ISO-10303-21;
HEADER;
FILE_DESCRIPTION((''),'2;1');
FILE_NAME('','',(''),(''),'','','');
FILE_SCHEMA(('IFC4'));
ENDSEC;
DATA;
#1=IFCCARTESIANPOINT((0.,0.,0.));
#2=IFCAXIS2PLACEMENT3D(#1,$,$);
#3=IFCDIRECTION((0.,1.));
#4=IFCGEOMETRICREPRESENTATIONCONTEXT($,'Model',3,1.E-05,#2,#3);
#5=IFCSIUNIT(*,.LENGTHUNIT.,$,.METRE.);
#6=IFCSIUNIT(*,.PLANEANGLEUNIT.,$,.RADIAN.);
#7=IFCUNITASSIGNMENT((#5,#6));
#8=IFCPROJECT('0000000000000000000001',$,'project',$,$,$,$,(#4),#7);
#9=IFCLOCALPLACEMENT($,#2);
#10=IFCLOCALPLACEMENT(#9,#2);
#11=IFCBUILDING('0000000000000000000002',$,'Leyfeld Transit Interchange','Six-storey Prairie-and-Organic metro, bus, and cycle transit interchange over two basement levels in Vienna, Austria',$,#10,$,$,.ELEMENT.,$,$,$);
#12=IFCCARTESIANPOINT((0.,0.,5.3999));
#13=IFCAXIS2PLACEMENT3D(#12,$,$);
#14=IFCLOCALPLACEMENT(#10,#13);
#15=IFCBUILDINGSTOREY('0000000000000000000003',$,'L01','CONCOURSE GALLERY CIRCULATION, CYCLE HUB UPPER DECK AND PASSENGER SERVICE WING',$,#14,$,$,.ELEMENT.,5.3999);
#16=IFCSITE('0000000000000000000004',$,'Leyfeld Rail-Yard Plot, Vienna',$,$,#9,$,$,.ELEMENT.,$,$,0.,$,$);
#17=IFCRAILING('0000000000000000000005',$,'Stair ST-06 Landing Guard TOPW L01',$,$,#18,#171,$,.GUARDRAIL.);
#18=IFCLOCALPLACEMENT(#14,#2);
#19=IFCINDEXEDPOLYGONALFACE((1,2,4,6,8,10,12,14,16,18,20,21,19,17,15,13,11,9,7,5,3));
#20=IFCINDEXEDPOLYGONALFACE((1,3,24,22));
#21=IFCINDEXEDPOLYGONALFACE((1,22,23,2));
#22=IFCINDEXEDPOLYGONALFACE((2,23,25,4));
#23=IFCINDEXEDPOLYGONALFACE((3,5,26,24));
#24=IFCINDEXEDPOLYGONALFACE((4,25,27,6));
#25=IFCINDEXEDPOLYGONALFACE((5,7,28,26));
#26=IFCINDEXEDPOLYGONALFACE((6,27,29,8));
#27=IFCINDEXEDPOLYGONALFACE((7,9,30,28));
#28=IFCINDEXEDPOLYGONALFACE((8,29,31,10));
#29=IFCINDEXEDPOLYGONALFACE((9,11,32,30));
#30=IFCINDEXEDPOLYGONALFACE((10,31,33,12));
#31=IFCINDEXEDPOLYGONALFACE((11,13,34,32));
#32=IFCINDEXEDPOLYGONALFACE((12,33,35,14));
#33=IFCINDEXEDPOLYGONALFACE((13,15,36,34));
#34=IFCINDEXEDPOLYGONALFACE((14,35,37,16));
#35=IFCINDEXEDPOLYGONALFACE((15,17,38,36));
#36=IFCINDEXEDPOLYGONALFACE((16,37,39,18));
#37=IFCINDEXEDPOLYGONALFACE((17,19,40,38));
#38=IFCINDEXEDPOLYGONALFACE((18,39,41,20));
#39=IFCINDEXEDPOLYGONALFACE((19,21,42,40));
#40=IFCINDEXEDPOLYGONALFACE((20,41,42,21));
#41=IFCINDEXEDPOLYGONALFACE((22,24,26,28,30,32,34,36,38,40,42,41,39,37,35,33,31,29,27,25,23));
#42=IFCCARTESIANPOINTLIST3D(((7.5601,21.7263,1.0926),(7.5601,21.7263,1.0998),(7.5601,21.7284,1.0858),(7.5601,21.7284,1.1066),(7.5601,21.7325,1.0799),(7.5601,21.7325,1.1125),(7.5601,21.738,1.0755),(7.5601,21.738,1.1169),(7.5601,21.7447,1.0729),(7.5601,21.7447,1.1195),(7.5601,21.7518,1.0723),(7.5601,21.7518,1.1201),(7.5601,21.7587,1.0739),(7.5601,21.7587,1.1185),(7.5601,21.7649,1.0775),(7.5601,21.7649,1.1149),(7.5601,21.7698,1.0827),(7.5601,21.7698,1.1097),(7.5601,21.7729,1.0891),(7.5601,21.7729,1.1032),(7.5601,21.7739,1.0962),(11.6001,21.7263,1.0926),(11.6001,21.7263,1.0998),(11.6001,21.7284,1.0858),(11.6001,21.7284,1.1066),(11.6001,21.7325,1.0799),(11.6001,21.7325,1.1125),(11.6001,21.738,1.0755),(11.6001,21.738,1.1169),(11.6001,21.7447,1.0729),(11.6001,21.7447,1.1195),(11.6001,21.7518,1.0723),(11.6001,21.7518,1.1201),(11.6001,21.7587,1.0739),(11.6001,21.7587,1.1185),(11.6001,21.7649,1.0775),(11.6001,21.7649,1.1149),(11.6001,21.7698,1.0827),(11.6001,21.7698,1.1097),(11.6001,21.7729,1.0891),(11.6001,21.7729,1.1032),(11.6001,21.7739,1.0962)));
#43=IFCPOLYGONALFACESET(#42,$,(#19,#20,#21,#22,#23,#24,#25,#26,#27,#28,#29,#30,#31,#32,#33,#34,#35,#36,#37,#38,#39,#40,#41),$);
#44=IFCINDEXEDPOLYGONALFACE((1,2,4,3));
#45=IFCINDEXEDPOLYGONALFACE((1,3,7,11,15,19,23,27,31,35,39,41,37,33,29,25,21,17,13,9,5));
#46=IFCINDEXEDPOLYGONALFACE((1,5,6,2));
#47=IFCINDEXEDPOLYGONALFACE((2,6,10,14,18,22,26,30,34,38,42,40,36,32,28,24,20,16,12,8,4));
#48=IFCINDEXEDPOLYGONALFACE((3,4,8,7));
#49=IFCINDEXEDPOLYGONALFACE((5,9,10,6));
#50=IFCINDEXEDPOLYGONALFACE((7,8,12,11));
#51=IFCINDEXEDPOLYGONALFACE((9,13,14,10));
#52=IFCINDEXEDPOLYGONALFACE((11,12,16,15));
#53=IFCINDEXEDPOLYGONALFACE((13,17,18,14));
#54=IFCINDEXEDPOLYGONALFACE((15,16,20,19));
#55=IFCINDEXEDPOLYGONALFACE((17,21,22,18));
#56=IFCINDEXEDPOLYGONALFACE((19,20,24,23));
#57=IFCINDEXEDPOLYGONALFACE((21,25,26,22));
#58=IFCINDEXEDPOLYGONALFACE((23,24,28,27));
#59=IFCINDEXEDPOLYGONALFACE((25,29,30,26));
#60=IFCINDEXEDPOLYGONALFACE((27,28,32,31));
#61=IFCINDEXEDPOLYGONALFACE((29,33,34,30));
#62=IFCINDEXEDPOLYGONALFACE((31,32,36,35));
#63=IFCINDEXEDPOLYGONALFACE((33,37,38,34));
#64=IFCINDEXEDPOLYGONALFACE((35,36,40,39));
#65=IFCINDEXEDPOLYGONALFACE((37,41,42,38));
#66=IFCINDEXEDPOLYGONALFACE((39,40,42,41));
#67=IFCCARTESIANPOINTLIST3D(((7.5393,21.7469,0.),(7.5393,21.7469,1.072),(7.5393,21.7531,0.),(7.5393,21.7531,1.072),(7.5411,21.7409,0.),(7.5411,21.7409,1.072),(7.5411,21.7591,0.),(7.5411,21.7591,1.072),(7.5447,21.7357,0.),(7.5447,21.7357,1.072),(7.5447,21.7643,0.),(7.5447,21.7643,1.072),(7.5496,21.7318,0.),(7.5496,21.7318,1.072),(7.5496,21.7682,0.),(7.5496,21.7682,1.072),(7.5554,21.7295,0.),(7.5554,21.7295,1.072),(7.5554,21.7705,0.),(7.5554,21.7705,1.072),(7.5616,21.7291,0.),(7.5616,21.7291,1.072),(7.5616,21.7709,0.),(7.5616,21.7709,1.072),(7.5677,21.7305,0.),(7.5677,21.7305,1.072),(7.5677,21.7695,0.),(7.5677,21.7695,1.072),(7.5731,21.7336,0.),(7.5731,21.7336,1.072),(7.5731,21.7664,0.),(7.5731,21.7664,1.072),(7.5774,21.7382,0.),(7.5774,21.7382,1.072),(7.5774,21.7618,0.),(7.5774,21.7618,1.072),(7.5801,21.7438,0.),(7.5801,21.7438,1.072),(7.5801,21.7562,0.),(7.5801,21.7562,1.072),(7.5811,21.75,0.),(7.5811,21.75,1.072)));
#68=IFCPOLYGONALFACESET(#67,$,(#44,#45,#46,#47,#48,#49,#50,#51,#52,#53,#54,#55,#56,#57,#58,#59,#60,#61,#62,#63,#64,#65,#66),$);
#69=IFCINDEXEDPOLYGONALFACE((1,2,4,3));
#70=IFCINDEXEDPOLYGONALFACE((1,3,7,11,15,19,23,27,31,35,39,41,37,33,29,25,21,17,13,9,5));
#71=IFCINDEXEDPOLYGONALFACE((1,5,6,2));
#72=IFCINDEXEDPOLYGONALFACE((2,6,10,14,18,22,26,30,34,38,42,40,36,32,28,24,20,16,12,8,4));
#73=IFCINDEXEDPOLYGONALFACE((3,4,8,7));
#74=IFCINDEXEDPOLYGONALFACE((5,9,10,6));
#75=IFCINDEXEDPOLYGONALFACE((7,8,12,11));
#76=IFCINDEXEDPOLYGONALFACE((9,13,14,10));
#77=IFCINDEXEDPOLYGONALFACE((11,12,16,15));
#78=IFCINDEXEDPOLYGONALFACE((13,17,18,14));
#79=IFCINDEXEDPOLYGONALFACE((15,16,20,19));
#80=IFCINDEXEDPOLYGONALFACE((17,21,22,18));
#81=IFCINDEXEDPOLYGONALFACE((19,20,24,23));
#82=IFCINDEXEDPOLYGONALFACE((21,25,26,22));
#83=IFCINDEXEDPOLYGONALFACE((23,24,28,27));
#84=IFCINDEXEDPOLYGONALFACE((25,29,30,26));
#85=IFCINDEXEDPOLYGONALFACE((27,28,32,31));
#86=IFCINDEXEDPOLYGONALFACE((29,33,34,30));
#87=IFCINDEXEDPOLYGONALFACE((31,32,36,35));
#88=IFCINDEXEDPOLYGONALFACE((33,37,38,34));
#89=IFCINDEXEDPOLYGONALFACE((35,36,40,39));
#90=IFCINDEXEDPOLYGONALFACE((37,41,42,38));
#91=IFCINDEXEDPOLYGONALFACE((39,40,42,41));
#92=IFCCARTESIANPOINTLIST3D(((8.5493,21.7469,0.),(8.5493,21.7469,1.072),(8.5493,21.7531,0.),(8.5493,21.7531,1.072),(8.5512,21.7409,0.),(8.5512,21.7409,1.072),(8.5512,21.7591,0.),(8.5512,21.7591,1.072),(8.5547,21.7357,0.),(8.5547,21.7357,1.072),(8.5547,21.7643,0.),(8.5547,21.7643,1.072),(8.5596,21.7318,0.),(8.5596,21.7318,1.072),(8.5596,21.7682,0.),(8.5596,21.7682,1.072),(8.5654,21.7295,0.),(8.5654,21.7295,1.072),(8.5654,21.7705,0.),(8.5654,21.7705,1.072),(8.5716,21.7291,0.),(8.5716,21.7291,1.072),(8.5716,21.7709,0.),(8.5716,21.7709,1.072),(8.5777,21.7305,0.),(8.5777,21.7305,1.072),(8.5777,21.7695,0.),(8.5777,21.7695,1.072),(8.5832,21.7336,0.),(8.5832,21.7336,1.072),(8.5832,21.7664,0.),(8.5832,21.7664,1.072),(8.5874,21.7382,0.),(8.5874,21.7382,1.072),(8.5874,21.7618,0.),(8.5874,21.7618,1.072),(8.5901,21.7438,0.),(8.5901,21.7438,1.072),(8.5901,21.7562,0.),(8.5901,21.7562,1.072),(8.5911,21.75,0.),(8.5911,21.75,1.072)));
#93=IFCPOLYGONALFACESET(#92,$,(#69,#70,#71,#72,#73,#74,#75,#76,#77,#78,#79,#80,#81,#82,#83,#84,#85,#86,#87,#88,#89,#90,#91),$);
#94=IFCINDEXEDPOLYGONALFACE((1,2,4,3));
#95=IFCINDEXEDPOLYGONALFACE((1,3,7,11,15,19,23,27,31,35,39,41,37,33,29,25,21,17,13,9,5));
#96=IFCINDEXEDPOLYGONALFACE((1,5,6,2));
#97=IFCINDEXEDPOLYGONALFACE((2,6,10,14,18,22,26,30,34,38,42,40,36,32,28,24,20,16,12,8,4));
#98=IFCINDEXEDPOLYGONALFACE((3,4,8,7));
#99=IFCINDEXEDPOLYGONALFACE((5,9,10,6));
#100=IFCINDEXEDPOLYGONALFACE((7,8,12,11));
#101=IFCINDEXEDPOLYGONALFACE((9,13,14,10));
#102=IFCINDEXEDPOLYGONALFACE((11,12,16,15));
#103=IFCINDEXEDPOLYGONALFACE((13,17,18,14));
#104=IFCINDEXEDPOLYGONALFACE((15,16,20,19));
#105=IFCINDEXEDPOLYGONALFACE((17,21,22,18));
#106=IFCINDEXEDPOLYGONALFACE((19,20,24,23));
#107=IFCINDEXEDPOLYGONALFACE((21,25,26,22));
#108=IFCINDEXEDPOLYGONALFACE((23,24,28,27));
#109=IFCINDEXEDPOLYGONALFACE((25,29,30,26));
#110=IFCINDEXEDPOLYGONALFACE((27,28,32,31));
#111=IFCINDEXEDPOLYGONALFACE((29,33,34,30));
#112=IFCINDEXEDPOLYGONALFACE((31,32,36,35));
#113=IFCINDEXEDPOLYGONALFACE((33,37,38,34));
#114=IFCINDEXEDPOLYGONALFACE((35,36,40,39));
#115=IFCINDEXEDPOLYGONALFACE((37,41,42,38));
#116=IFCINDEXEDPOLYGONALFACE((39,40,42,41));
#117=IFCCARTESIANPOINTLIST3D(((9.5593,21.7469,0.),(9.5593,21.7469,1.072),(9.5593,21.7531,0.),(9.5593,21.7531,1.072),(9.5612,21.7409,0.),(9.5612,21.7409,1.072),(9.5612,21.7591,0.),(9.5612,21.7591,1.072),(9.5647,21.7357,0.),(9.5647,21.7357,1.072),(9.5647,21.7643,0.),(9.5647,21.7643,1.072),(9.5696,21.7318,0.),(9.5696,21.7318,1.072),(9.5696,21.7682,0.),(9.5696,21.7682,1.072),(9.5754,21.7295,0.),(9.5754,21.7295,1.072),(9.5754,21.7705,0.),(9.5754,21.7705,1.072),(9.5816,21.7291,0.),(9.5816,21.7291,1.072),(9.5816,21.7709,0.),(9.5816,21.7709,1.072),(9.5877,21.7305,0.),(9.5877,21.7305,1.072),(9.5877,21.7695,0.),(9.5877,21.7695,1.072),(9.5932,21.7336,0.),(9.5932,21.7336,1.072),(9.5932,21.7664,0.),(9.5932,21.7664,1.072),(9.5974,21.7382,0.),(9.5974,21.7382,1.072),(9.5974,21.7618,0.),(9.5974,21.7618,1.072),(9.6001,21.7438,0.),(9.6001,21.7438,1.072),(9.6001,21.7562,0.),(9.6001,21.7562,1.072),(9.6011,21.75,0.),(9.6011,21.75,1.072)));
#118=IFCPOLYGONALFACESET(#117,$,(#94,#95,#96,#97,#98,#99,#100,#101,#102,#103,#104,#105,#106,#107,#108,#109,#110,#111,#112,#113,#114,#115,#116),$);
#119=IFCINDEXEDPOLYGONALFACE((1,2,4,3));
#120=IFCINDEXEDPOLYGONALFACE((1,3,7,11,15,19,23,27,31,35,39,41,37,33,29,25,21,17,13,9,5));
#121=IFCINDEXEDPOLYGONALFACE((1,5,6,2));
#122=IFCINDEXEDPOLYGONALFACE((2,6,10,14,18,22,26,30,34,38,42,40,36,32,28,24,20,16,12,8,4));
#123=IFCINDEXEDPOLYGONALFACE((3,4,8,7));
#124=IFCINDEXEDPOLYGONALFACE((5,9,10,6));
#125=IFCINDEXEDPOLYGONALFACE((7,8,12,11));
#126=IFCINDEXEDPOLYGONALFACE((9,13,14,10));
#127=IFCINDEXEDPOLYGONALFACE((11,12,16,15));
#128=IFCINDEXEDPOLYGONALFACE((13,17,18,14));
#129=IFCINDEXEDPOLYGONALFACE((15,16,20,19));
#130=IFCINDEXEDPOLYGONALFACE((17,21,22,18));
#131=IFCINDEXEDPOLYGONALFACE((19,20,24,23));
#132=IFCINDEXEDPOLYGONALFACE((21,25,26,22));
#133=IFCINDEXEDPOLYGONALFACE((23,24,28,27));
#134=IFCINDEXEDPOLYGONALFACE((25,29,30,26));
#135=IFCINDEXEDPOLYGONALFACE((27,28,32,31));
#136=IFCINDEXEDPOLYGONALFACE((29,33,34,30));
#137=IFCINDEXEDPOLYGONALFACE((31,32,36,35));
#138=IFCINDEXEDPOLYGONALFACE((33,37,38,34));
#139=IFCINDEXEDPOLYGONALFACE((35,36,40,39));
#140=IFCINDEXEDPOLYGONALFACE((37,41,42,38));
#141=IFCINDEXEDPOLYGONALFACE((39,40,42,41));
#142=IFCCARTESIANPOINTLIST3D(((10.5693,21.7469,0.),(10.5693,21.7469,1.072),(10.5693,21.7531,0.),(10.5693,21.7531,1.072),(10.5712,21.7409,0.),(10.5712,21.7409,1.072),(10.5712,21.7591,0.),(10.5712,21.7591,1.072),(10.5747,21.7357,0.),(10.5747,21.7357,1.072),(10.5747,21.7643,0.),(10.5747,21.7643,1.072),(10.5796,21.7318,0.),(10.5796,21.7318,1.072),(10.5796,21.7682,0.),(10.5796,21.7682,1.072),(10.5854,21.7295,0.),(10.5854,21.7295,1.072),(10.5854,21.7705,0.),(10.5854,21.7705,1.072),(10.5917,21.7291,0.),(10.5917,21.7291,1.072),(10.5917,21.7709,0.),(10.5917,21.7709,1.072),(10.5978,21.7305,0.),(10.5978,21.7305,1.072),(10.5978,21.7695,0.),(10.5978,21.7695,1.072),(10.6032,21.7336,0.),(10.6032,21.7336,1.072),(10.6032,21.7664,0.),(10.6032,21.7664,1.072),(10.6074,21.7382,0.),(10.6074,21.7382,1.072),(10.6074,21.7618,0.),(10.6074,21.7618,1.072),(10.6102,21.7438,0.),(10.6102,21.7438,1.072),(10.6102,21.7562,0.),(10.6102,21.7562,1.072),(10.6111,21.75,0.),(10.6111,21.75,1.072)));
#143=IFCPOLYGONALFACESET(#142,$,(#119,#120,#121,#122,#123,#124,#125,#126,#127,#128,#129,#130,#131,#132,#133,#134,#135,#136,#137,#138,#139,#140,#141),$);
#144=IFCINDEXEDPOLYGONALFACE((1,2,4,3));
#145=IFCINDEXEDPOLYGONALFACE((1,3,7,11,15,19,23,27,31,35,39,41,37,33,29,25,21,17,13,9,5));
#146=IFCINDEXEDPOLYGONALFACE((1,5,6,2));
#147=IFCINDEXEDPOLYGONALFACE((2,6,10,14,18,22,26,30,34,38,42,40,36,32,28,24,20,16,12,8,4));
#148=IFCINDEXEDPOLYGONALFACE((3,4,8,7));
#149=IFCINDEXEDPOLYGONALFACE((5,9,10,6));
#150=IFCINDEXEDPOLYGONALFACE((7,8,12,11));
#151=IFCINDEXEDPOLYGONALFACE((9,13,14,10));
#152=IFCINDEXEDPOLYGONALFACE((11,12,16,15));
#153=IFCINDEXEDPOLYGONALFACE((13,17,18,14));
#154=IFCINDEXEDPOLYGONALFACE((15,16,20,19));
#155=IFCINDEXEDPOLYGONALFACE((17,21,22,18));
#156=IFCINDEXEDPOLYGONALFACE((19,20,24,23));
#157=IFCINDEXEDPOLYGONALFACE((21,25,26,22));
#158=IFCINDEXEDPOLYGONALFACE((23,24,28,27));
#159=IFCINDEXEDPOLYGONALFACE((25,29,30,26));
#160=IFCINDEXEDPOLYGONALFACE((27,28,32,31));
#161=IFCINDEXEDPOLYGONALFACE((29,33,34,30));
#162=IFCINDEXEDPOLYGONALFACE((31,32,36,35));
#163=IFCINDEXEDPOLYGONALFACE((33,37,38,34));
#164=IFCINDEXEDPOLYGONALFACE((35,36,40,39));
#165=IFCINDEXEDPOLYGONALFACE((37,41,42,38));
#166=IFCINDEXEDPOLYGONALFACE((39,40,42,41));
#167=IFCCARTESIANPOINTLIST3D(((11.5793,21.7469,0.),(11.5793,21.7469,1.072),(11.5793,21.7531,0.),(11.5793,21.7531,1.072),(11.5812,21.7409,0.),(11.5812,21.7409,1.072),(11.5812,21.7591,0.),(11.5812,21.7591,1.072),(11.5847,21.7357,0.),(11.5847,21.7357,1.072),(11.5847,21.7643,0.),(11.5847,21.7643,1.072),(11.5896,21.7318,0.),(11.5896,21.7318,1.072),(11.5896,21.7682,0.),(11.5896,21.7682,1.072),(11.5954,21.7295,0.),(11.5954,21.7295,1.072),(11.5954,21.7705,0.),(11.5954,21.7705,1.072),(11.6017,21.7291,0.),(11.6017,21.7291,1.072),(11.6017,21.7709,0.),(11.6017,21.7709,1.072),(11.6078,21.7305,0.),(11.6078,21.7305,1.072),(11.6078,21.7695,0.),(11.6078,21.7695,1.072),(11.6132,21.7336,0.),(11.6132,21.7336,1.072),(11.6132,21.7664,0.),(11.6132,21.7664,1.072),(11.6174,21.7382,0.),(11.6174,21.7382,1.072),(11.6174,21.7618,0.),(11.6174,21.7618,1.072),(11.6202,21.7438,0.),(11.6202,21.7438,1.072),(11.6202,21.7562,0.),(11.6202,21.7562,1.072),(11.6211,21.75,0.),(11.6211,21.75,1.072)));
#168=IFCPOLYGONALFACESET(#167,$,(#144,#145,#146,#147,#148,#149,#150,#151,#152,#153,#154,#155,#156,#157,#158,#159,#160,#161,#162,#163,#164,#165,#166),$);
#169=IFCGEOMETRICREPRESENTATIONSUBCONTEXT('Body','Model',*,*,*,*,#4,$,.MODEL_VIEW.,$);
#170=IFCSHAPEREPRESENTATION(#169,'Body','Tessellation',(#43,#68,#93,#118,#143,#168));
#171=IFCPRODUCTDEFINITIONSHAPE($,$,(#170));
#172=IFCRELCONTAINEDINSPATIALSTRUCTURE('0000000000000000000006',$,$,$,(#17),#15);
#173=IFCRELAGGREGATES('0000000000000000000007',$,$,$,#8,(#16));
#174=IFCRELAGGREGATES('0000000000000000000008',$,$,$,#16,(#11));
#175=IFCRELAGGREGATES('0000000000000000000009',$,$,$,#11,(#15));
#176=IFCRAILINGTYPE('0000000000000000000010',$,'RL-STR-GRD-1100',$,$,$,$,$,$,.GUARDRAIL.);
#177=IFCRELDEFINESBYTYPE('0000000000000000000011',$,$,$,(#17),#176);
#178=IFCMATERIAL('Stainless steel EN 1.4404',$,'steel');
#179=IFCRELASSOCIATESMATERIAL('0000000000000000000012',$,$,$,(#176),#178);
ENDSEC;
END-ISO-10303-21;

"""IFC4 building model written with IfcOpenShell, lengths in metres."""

from ifc_helpers import new_model, si_unit, direction, frame, origin, origin_2d, place, context, subcontext, project, spatial, circle, extrude, material, type_object, element, save


model = new_model("IFC4")

# Units and contexts
model_context = context("Model", 3, precision=1e-05, world=origin(), true_north=direction((0.0, 1.0)))
body_context = subcontext(model_context, "Body", "Model", "MODEL_VIEW")
ifc_project = project(units=[si_unit("LENGTHUNIT", "METRE"), si_unit("PLANEANGLEUNIT", "RADIAN")], contexts=[model_context])

# Site, building, storey
site_placement = place(None, origin())
site = spatial("IfcSite", under=ifc_project, at=site_placement, Name="Leyfeld Rail-Yard Plot, Vienna", CompositionType="ELEMENT", RefElevation=0.0)
building_placement = place(site_placement, origin())
building = spatial("IfcBuilding", under=site, at=building_placement, Name="Leyfeld Transit Interchange", Description="Six-storey Prairie-and-Organic metro, bus, and cycle transit interchange over two basement levels in Vienna, Austria", CompositionType="ELEMENT")
storey_placement = place(building_placement, frame((0.0, 0.0, 5.3999)))
storey = spatial("IfcBuildingStorey", under=building, at=storey_placement, Name="L01", Description="CONCOURSE GALLERY CIRCULATION, CYCLE HUB UPPER DECK AND PASSENGER SERVICE WING", CompositionType="ELEMENT", Elevation=5.3999)

# Railing
ifc_material_1 = material(Name="Stainless steel EN 1.4404", Category="steel")
railing_type = type_object("IfcRailingType", Name="RL-STR-GRD-1100", PredefinedType="GUARDRAIL", material=ifc_material_1)
railing_1_placement = place(storey_placement, frame((7.5601, 21.75, 0.0)))
element("IfcRailing", 1, at=railing_1_placement, inside=storey, type_object=railing_type, Name="Stair ST-06 Landing Guard TOPW L01", PredefinedType="GUARDRAIL", context=body_context, shape_type="SweptSolid", body=[
    extrude(circle(Radius=0.0239, at=origin_2d()), frame((0.0, 0.0, 1.0962), z_axis=(1.0, 0.0, 0.0), x_axis=(0.0, 1.0, 0.0)), (0.0, 0.0, 1.0), 4.04),
    extrude(circle(Radius=0.021, at=origin_2d()), origin(), (0.0, 0.0, 1.0), 1.072),
    extrude(circle(Radius=0.021, at=origin_2d()), frame((1.01, 0.0, 0.0)), (0.0, 0.0, 1.0), 1.072),
    extrude(circle(Radius=0.021, at=origin_2d()), frame((2.02, 0.0, 0.0)), (0.0, 0.0, 1.0), 1.072),
    extrude(circle(Radius=0.021, at=origin_2d()), frame((3.03, 0.0, 0.0)), (0.0, 0.0, 1.0), 1.072),
    extrude(circle(Radius=0.021, at=origin_2d()), frame((4.04, 0.0, 0.0)), (0.0, 0.0, 1.0), 1.072),
])

save(model, "model.ifc")
